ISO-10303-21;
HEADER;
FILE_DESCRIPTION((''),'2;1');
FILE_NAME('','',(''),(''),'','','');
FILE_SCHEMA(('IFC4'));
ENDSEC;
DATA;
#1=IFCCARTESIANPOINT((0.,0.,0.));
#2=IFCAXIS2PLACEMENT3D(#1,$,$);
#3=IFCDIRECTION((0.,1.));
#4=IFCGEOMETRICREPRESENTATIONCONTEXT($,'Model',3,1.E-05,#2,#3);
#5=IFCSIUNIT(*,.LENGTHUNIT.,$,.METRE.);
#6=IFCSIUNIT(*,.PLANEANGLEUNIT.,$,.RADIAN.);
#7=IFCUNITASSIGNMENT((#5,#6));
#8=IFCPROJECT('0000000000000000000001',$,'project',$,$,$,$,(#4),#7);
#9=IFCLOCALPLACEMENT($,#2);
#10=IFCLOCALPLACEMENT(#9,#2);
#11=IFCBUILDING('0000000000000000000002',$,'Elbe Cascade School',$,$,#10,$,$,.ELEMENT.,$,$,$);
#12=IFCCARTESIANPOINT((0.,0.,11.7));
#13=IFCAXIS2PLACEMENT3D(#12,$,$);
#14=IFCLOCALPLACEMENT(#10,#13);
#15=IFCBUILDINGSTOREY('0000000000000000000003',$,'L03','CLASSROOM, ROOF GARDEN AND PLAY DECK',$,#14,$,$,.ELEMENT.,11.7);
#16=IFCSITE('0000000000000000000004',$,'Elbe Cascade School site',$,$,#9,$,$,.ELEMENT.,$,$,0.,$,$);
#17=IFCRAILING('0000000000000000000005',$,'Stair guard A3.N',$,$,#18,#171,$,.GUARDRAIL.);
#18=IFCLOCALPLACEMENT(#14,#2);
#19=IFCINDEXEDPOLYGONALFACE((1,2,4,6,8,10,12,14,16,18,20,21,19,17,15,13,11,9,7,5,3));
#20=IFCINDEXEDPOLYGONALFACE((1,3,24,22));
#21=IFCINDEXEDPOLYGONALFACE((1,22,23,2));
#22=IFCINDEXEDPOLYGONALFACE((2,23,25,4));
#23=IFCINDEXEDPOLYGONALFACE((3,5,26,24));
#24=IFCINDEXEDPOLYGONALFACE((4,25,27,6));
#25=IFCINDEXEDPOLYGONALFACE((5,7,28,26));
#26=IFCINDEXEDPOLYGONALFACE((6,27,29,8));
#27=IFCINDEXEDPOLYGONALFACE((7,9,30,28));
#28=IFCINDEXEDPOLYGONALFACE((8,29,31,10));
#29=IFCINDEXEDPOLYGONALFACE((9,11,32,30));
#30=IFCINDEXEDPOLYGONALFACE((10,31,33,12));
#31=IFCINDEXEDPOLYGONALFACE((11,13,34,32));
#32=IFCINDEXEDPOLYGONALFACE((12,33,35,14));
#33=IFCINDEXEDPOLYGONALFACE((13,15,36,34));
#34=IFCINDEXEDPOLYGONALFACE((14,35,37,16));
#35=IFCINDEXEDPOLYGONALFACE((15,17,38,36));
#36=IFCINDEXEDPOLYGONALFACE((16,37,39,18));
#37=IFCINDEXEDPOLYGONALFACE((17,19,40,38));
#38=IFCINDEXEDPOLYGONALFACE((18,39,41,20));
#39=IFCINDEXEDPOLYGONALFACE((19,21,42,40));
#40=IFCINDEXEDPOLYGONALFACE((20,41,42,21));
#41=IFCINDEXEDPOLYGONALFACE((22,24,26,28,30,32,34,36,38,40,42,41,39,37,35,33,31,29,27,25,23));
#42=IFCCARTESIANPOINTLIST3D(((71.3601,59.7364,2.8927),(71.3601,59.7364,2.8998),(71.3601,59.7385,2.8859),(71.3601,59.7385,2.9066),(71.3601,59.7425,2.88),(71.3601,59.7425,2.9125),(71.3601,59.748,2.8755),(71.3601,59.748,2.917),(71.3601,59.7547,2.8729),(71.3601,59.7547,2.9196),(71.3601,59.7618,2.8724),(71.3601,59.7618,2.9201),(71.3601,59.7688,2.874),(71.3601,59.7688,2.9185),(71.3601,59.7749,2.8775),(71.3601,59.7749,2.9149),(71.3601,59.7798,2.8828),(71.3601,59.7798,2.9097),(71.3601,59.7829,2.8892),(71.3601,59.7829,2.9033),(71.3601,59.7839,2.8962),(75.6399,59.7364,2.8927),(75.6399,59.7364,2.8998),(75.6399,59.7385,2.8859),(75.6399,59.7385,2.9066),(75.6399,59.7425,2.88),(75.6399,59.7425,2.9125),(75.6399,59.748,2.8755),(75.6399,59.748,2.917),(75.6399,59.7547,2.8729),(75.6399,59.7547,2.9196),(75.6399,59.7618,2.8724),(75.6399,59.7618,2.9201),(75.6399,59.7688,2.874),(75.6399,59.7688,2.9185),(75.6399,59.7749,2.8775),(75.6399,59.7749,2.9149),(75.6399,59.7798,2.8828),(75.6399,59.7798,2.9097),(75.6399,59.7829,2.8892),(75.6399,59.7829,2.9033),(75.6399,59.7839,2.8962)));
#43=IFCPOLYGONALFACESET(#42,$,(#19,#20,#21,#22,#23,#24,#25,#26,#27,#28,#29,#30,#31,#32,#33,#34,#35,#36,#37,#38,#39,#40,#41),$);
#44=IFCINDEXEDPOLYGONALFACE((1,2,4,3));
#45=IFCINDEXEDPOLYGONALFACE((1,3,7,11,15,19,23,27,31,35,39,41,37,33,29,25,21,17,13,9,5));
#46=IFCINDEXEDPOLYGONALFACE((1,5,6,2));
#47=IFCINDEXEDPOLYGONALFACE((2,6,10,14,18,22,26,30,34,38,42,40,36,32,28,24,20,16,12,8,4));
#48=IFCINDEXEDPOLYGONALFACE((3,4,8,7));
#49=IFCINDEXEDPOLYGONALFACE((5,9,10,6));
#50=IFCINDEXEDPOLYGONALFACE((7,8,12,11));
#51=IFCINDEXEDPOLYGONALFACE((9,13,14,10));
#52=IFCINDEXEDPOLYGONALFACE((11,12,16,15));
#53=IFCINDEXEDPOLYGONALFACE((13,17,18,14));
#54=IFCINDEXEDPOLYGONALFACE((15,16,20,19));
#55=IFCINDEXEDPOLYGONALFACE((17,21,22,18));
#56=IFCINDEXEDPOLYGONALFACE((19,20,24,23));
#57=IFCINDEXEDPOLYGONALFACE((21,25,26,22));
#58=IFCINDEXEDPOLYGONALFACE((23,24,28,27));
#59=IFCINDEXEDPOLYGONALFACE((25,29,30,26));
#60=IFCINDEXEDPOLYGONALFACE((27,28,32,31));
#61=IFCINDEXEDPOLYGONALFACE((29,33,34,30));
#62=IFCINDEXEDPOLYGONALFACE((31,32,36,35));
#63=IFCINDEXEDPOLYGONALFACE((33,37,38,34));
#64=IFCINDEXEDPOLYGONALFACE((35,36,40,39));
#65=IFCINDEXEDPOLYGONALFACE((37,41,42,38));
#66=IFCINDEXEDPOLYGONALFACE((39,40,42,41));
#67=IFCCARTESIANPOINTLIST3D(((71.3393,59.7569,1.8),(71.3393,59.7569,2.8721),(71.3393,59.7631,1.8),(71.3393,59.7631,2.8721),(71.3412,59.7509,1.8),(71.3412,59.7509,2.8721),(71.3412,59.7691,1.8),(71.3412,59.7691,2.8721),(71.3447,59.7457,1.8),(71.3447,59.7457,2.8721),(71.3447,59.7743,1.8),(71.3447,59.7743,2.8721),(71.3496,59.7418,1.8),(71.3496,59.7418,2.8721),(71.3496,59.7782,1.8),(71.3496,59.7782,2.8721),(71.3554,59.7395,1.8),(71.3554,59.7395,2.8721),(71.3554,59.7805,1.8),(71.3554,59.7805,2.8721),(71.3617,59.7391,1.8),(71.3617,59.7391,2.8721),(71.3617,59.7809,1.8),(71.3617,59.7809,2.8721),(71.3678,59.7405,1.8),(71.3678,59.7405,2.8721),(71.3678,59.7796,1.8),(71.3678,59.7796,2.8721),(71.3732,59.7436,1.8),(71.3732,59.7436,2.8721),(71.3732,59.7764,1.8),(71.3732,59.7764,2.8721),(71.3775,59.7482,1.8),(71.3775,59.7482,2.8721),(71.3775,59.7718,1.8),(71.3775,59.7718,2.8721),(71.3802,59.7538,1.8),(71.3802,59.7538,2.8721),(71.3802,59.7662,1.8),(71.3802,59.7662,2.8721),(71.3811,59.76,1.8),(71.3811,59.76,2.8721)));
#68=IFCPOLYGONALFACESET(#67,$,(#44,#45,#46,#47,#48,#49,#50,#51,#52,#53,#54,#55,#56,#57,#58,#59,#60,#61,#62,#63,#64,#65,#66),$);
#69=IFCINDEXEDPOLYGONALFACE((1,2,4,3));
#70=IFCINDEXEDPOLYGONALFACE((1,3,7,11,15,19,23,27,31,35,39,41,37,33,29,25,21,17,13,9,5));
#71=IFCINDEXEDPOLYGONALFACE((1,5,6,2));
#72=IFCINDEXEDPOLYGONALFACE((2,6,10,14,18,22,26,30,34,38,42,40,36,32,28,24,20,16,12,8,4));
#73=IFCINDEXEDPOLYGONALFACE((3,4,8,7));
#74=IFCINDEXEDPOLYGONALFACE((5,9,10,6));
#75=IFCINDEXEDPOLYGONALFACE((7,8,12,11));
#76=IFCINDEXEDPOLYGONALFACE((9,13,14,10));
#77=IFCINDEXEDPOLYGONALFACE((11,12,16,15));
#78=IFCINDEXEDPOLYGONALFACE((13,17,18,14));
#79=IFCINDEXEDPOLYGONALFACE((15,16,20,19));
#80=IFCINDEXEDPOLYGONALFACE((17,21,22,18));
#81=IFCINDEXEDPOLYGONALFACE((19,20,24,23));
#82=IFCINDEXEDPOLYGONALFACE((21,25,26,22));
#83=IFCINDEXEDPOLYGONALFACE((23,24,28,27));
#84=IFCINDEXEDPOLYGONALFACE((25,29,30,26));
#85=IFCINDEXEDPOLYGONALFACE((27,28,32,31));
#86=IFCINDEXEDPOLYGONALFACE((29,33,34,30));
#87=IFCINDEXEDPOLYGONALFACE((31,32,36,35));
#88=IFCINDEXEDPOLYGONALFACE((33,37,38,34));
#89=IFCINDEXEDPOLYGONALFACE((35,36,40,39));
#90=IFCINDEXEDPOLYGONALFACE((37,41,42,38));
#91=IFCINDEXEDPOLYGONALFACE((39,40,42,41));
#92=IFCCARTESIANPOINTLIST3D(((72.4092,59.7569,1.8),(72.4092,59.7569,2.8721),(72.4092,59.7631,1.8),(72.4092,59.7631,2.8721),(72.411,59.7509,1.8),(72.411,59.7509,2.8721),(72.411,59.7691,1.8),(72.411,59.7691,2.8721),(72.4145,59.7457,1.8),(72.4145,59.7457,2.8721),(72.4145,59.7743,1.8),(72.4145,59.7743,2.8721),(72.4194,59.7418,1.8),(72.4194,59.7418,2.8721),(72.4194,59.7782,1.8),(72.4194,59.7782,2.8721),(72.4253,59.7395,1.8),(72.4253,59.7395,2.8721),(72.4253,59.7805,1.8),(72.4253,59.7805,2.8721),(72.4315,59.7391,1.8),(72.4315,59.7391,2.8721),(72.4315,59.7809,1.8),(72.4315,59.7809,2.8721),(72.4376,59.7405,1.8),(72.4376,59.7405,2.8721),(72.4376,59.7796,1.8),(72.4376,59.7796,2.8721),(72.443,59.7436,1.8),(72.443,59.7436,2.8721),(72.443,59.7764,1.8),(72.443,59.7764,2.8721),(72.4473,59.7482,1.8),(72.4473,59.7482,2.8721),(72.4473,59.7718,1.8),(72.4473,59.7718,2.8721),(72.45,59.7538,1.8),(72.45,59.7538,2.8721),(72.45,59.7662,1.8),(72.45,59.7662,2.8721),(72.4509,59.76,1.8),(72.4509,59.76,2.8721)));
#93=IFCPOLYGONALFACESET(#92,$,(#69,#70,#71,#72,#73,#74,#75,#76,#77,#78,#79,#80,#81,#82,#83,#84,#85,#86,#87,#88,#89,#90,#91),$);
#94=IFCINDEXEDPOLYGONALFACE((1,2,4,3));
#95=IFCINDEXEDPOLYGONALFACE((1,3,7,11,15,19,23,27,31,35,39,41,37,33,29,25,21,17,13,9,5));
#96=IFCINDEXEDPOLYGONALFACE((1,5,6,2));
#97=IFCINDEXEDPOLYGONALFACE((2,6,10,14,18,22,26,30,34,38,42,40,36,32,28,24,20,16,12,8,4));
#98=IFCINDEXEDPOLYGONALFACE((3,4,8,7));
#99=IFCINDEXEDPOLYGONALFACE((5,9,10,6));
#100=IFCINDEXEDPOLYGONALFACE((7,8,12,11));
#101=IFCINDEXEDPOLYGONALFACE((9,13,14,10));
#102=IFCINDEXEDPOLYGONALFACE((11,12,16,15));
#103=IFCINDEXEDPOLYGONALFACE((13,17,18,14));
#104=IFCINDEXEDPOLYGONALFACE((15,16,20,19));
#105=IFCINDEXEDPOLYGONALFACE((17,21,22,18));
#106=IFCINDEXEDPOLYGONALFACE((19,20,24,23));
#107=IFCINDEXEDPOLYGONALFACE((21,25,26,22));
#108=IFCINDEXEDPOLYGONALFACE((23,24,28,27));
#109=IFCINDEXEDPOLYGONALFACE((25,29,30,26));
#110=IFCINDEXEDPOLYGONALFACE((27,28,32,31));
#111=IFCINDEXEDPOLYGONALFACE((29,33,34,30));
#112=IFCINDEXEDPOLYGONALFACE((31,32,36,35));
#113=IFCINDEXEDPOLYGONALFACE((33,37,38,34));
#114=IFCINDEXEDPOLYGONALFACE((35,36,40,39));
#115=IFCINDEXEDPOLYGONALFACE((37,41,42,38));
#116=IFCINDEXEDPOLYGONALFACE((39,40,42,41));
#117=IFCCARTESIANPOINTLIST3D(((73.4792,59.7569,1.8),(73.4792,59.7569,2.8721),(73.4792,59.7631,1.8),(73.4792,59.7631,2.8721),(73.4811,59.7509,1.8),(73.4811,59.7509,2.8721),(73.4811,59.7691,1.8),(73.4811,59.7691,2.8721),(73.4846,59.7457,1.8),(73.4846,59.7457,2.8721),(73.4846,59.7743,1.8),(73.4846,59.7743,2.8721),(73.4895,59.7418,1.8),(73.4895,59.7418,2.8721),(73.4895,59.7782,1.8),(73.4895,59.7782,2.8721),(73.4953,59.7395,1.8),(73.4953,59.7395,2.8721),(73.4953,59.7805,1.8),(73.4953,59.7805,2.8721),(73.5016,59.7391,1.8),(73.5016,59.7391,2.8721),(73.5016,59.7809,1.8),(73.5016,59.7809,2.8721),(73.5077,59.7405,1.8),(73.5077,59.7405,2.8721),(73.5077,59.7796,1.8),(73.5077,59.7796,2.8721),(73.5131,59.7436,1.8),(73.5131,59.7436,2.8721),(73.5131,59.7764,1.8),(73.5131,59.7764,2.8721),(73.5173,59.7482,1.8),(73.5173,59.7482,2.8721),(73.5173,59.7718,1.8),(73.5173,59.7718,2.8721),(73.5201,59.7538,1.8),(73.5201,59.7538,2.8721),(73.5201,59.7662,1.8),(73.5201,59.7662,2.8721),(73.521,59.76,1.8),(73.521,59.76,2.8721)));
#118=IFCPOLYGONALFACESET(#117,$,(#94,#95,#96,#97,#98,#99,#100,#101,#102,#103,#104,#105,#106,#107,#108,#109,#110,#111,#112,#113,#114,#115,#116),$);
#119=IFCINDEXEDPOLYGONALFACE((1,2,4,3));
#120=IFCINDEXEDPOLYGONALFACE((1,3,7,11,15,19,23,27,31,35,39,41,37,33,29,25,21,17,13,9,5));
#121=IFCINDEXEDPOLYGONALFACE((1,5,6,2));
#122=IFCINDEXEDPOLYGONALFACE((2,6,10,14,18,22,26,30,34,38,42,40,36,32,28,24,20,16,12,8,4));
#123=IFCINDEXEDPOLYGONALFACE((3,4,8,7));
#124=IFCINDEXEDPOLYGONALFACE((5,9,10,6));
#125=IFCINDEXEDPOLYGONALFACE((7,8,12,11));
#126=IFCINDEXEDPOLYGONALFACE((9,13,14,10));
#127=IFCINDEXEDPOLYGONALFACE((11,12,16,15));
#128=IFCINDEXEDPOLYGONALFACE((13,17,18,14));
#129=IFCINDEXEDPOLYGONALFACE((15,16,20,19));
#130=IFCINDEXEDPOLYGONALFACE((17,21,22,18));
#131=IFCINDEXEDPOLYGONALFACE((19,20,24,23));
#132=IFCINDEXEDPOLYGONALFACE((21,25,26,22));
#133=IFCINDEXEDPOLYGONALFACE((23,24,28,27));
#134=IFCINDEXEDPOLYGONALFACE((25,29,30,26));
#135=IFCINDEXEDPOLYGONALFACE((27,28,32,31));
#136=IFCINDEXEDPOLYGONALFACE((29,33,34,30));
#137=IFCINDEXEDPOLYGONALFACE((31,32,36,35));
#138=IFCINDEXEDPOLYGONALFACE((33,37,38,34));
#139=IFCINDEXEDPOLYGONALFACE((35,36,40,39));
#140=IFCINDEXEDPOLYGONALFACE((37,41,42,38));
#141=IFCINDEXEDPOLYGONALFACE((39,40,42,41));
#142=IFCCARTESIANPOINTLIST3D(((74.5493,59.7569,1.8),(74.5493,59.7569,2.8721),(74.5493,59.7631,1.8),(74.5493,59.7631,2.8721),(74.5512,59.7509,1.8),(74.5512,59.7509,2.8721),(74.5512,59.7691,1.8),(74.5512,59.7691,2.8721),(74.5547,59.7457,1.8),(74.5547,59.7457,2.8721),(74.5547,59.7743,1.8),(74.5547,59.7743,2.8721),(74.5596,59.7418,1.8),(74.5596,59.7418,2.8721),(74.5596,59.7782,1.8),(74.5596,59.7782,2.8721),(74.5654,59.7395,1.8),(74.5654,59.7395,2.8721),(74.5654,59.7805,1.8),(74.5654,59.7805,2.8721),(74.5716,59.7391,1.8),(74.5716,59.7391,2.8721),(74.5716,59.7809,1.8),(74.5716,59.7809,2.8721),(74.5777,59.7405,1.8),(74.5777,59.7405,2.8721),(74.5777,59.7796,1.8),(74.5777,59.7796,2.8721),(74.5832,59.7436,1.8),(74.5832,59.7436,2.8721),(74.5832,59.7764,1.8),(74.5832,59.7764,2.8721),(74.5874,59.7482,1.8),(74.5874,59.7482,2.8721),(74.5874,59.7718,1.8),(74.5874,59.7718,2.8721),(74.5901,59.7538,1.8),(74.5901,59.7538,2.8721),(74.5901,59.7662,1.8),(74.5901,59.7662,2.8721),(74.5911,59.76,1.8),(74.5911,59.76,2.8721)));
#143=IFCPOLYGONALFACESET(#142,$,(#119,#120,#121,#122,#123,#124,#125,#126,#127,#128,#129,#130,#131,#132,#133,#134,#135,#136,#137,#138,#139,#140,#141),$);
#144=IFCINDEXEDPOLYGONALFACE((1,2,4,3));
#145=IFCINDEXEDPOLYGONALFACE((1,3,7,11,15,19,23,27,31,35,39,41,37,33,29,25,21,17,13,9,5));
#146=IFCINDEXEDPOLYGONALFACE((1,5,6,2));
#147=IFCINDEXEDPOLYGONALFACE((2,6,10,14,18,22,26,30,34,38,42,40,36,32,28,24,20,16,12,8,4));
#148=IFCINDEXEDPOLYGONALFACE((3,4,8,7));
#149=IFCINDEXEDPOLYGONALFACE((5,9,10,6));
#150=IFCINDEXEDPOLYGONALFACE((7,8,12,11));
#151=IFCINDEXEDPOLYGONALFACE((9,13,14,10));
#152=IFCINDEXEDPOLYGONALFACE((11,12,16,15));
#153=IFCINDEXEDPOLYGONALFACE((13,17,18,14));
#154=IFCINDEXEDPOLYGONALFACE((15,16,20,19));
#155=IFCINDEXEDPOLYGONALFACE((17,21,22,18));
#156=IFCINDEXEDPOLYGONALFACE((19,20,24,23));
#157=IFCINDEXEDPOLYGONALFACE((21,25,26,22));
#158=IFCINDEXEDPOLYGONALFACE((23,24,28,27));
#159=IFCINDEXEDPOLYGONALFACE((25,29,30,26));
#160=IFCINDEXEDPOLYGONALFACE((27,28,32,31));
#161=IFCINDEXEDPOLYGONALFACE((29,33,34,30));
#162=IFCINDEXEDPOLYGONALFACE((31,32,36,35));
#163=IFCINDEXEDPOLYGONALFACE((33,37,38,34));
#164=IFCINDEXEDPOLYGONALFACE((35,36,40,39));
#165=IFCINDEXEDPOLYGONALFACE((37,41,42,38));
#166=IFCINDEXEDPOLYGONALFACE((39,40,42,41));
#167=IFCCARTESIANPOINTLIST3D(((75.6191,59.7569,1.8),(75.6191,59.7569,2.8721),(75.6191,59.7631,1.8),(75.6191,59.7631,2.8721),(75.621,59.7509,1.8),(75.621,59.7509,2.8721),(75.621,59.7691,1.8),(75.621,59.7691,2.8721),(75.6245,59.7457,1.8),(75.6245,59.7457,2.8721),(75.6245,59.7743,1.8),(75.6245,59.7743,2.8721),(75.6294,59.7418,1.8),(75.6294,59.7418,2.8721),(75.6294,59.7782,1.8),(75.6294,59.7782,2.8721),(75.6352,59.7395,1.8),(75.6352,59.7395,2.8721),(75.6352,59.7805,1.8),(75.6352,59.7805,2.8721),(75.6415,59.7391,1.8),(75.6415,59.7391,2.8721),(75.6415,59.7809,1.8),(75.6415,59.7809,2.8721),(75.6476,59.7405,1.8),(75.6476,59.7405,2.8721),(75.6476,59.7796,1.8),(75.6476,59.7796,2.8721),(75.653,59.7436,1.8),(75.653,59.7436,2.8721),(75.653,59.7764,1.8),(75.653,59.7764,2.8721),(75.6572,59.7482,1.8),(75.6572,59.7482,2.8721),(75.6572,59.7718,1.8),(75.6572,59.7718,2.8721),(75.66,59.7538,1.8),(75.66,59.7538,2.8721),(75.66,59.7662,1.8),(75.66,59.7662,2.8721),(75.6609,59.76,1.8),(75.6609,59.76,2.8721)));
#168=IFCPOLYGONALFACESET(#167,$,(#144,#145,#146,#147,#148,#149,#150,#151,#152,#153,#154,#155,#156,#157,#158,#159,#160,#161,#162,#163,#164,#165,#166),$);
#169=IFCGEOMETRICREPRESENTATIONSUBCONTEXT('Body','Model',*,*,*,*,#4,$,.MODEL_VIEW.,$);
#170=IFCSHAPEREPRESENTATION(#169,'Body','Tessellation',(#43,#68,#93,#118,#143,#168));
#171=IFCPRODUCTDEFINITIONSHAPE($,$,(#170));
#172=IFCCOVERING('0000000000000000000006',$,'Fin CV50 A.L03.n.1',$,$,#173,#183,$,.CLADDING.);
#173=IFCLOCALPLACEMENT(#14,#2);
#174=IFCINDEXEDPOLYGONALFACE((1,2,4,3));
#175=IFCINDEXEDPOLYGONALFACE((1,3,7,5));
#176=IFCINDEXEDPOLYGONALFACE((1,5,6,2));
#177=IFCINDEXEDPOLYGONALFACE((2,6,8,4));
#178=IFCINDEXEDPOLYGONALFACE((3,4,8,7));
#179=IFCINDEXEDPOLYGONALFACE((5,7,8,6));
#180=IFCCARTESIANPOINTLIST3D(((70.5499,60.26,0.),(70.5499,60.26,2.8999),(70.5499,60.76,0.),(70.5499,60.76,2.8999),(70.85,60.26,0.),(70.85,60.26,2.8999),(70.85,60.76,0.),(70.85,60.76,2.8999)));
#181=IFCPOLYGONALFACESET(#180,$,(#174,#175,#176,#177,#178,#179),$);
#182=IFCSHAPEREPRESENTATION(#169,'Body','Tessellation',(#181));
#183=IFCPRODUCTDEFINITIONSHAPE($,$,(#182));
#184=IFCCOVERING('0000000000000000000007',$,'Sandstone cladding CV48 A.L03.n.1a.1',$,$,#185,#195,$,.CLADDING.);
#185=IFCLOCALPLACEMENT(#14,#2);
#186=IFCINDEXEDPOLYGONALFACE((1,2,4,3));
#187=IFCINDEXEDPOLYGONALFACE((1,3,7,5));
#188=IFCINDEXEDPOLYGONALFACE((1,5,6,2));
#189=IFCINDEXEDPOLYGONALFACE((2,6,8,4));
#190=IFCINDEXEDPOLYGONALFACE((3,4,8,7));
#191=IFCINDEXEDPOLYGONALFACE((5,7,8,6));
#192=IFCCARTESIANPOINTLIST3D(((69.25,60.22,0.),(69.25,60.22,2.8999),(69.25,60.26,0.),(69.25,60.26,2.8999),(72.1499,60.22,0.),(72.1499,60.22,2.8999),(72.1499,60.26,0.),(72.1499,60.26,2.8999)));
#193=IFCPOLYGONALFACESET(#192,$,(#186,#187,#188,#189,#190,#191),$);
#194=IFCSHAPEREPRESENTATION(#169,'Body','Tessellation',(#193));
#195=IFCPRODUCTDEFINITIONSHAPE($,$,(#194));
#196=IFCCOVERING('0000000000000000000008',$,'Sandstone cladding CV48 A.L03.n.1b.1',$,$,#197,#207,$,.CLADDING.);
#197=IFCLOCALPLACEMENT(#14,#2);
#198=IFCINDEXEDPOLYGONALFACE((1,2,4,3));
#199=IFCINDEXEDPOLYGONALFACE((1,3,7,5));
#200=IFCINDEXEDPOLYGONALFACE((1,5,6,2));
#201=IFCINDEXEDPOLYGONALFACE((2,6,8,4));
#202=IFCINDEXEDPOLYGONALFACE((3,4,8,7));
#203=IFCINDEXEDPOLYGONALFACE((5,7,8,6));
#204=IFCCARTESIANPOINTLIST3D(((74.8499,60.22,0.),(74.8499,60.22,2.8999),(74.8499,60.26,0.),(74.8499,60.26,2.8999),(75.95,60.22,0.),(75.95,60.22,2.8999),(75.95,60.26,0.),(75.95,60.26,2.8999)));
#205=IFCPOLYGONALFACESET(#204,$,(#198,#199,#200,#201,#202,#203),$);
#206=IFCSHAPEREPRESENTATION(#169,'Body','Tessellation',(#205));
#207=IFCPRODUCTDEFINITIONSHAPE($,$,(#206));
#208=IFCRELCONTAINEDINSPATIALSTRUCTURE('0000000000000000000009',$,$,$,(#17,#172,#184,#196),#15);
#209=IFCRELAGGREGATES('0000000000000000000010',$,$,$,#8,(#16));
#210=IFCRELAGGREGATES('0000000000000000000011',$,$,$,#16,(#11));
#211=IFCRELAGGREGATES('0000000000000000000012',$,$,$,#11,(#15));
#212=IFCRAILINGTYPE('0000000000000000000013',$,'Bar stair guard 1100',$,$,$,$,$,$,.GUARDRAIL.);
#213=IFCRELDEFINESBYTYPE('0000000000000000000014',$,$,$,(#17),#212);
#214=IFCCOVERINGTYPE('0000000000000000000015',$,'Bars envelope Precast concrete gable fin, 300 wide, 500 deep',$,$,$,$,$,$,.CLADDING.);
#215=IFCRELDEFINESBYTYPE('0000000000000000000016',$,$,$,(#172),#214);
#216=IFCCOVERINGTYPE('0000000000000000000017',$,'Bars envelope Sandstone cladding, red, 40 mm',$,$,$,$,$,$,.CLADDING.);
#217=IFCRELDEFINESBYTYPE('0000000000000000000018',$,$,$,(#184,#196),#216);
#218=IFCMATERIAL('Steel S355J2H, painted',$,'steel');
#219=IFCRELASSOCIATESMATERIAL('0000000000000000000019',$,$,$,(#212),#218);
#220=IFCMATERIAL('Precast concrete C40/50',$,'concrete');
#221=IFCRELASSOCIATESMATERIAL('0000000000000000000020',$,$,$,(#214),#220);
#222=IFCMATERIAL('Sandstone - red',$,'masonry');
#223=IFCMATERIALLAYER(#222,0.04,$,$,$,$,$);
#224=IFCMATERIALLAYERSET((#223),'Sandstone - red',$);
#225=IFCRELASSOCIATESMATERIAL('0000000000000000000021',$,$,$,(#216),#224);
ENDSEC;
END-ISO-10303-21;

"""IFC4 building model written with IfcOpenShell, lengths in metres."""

from ifc_helpers import new_model, si_unit, direction, frame, origin, origin_2d, place, context, subcontext, project, spatial, rectangle, circle, extrude, material, layer, layer_set, type_object, element, save


model = new_model("IFC4")

# Units and contexts
model_context = context("Model", 3, precision=1e-05, world=origin(), true_north=direction((0.0, 1.0)))
body_context = subcontext(model_context, "Body", "Model", "MODEL_VIEW")
ifc_project = project(units=[si_unit("LENGTHUNIT", "METRE"), si_unit("PLANEANGLEUNIT", "RADIAN")], contexts=[model_context])

# Site, building, storey
site_placement = place(None, origin())
site = spatial("IfcSite", under=ifc_project, at=site_placement, Name="Elbe Cascade School site", CompositionType="ELEMENT", RefElevation=0.0)
building_placement = place(site_placement, origin())
building = spatial("IfcBuilding", under=site, at=building_placement, Name="Elbe Cascade School", CompositionType="ELEMENT")
storey_placement = place(building_placement, frame((0.0, 0.0, 11.7)))
storey = spatial("IfcBuildingStorey", under=building, at=storey_placement, Name="L03", Description="CLASSROOM, ROOF GARDEN AND PLAY DECK", CompositionType="ELEMENT", Elevation=11.7)

# Railing
ifc_material_1 = material(Name="Steel S355J2H, painted", Category="steel")
railing_type = type_object("IfcRailingType", Name="Bar stair guard 1100", PredefinedType="GUARDRAIL", material=ifc_material_1)
railing_placement = place(storey_placement, frame((71.3601, 59.76, 1.8)))
element("IfcRailing", 1, at=railing_placement, inside=storey, type_object=railing_type, Name="Stair guard A3.N", PredefinedType="GUARDRAIL", context=body_context, shape_type="SweptSolid", body=[
    extrude(circle(Radius=0.0239, at=origin_2d()), frame((0.0, 0.0, 1.0962), z_axis=(1.0, 0.0, 0.0), x_axis=(0.0, 1.0, 0.0)), (0.0, 0.0, 1.0), 4.2798),
    extrude(circle(Radius=0.021, at=origin_2d()), origin(), (0.0, 0.0, 1.0), 1.072),
    extrude(circle(Radius=0.021, at=origin_2d()), frame((1.0698, 0.0, 0.0)), (0.0, 0.0, 1.0), 1.072),
    extrude(circle(Radius=0.021, at=origin_2d()), frame((2.1399, 0.0, 0.0)), (0.0, 0.0, 1.0), 1.072),
    extrude(circle(Radius=0.021, at=origin_2d()), frame((3.21, 0.0, 0.0)), (0.0, 0.0, 1.0), 1.072),
    extrude(circle(Radius=0.021, at=origin_2d()), frame((4.2798, 0.0, 0.0)), (0.0, 0.0, 1.0), 1.072),
])

# Coverings
ifc_material_2 = material(Name="Precast concrete C40/50", Category="concrete")
covering_type_1 = type_object("IfcCoveringType", Name="Bars envelope Precast concrete gable fin, 300 wide, 500 deep", PredefinedType="CLADDING", material=ifc_material_2)
covering_1_placement = place(storey_placement, frame((70.7, 60.51, 0.0), z_axis=(0.0, 0.0, 1.0), x_axis=(1.0, 0.0, 0.0)))
element("IfcCovering", 2, at=covering_1_placement, inside=storey, type_object=covering_type_1, Name="Fin CV50 A.L03.n.1", PredefinedType="CLADDING", context=body_context, shape_type="SweptSolid", body=[
    extrude(rectangle(XDim=0.3, YDim=0.5, at=origin_2d()), origin(), (0.0, 0.0, 1.0), 2.8999),
])
ifc_material_3 = material(Name="Sandstone - red", Category="masonry")
ifc_layer_1 = layer(ifc_material_3, 0.04)
ifc_layer_set_1 = layer_set([ifc_layer_1], Name="Sandstone - red")
covering_type_2 = type_object("IfcCoveringType", Name="Bars envelope Sandstone cladding, red, 40 mm", PredefinedType="CLADDING", material=ifc_layer_set_1)
covering_2_placement = place(storey_placement, frame((70.7, 60.24, 0.0), z_axis=(0.0, 0.0, 1.0), x_axis=(1.0, 0.0, 0.0)))
element("IfcCovering", 3, at=covering_2_placement, inside=storey, type_object=covering_type_2, Name="Sandstone cladding CV48 A.L03.n.1a.1", PredefinedType="CLADDING", context=body_context, shape_type="SweptSolid", body=[
    extrude(rectangle(XDim=2.8999, YDim=0.04, at=origin_2d()), origin(), (0.0, 0.0, 1.0), 2.8999),
])
covering_3_placement = place(storey_placement, frame((75.3999, 60.24, 0.0), z_axis=(0.0, 0.0, 1.0), x_axis=(1.0, 0.0, 0.0)))
element("IfcCovering", 4, at=covering_3_placement, inside=storey, type_object=covering_type_2, Name="Sandstone cladding CV48 A.L03.n.1b.1", PredefinedType="CLADDING", context=body_context, shape_type="SweptSolid", body=[
    extrude(rectangle(XDim=1.1001, YDim=0.04, at=origin_2d()), origin(), (0.0, 0.0, 1.0), 2.8999),
])

save(model, "model.ifc")
